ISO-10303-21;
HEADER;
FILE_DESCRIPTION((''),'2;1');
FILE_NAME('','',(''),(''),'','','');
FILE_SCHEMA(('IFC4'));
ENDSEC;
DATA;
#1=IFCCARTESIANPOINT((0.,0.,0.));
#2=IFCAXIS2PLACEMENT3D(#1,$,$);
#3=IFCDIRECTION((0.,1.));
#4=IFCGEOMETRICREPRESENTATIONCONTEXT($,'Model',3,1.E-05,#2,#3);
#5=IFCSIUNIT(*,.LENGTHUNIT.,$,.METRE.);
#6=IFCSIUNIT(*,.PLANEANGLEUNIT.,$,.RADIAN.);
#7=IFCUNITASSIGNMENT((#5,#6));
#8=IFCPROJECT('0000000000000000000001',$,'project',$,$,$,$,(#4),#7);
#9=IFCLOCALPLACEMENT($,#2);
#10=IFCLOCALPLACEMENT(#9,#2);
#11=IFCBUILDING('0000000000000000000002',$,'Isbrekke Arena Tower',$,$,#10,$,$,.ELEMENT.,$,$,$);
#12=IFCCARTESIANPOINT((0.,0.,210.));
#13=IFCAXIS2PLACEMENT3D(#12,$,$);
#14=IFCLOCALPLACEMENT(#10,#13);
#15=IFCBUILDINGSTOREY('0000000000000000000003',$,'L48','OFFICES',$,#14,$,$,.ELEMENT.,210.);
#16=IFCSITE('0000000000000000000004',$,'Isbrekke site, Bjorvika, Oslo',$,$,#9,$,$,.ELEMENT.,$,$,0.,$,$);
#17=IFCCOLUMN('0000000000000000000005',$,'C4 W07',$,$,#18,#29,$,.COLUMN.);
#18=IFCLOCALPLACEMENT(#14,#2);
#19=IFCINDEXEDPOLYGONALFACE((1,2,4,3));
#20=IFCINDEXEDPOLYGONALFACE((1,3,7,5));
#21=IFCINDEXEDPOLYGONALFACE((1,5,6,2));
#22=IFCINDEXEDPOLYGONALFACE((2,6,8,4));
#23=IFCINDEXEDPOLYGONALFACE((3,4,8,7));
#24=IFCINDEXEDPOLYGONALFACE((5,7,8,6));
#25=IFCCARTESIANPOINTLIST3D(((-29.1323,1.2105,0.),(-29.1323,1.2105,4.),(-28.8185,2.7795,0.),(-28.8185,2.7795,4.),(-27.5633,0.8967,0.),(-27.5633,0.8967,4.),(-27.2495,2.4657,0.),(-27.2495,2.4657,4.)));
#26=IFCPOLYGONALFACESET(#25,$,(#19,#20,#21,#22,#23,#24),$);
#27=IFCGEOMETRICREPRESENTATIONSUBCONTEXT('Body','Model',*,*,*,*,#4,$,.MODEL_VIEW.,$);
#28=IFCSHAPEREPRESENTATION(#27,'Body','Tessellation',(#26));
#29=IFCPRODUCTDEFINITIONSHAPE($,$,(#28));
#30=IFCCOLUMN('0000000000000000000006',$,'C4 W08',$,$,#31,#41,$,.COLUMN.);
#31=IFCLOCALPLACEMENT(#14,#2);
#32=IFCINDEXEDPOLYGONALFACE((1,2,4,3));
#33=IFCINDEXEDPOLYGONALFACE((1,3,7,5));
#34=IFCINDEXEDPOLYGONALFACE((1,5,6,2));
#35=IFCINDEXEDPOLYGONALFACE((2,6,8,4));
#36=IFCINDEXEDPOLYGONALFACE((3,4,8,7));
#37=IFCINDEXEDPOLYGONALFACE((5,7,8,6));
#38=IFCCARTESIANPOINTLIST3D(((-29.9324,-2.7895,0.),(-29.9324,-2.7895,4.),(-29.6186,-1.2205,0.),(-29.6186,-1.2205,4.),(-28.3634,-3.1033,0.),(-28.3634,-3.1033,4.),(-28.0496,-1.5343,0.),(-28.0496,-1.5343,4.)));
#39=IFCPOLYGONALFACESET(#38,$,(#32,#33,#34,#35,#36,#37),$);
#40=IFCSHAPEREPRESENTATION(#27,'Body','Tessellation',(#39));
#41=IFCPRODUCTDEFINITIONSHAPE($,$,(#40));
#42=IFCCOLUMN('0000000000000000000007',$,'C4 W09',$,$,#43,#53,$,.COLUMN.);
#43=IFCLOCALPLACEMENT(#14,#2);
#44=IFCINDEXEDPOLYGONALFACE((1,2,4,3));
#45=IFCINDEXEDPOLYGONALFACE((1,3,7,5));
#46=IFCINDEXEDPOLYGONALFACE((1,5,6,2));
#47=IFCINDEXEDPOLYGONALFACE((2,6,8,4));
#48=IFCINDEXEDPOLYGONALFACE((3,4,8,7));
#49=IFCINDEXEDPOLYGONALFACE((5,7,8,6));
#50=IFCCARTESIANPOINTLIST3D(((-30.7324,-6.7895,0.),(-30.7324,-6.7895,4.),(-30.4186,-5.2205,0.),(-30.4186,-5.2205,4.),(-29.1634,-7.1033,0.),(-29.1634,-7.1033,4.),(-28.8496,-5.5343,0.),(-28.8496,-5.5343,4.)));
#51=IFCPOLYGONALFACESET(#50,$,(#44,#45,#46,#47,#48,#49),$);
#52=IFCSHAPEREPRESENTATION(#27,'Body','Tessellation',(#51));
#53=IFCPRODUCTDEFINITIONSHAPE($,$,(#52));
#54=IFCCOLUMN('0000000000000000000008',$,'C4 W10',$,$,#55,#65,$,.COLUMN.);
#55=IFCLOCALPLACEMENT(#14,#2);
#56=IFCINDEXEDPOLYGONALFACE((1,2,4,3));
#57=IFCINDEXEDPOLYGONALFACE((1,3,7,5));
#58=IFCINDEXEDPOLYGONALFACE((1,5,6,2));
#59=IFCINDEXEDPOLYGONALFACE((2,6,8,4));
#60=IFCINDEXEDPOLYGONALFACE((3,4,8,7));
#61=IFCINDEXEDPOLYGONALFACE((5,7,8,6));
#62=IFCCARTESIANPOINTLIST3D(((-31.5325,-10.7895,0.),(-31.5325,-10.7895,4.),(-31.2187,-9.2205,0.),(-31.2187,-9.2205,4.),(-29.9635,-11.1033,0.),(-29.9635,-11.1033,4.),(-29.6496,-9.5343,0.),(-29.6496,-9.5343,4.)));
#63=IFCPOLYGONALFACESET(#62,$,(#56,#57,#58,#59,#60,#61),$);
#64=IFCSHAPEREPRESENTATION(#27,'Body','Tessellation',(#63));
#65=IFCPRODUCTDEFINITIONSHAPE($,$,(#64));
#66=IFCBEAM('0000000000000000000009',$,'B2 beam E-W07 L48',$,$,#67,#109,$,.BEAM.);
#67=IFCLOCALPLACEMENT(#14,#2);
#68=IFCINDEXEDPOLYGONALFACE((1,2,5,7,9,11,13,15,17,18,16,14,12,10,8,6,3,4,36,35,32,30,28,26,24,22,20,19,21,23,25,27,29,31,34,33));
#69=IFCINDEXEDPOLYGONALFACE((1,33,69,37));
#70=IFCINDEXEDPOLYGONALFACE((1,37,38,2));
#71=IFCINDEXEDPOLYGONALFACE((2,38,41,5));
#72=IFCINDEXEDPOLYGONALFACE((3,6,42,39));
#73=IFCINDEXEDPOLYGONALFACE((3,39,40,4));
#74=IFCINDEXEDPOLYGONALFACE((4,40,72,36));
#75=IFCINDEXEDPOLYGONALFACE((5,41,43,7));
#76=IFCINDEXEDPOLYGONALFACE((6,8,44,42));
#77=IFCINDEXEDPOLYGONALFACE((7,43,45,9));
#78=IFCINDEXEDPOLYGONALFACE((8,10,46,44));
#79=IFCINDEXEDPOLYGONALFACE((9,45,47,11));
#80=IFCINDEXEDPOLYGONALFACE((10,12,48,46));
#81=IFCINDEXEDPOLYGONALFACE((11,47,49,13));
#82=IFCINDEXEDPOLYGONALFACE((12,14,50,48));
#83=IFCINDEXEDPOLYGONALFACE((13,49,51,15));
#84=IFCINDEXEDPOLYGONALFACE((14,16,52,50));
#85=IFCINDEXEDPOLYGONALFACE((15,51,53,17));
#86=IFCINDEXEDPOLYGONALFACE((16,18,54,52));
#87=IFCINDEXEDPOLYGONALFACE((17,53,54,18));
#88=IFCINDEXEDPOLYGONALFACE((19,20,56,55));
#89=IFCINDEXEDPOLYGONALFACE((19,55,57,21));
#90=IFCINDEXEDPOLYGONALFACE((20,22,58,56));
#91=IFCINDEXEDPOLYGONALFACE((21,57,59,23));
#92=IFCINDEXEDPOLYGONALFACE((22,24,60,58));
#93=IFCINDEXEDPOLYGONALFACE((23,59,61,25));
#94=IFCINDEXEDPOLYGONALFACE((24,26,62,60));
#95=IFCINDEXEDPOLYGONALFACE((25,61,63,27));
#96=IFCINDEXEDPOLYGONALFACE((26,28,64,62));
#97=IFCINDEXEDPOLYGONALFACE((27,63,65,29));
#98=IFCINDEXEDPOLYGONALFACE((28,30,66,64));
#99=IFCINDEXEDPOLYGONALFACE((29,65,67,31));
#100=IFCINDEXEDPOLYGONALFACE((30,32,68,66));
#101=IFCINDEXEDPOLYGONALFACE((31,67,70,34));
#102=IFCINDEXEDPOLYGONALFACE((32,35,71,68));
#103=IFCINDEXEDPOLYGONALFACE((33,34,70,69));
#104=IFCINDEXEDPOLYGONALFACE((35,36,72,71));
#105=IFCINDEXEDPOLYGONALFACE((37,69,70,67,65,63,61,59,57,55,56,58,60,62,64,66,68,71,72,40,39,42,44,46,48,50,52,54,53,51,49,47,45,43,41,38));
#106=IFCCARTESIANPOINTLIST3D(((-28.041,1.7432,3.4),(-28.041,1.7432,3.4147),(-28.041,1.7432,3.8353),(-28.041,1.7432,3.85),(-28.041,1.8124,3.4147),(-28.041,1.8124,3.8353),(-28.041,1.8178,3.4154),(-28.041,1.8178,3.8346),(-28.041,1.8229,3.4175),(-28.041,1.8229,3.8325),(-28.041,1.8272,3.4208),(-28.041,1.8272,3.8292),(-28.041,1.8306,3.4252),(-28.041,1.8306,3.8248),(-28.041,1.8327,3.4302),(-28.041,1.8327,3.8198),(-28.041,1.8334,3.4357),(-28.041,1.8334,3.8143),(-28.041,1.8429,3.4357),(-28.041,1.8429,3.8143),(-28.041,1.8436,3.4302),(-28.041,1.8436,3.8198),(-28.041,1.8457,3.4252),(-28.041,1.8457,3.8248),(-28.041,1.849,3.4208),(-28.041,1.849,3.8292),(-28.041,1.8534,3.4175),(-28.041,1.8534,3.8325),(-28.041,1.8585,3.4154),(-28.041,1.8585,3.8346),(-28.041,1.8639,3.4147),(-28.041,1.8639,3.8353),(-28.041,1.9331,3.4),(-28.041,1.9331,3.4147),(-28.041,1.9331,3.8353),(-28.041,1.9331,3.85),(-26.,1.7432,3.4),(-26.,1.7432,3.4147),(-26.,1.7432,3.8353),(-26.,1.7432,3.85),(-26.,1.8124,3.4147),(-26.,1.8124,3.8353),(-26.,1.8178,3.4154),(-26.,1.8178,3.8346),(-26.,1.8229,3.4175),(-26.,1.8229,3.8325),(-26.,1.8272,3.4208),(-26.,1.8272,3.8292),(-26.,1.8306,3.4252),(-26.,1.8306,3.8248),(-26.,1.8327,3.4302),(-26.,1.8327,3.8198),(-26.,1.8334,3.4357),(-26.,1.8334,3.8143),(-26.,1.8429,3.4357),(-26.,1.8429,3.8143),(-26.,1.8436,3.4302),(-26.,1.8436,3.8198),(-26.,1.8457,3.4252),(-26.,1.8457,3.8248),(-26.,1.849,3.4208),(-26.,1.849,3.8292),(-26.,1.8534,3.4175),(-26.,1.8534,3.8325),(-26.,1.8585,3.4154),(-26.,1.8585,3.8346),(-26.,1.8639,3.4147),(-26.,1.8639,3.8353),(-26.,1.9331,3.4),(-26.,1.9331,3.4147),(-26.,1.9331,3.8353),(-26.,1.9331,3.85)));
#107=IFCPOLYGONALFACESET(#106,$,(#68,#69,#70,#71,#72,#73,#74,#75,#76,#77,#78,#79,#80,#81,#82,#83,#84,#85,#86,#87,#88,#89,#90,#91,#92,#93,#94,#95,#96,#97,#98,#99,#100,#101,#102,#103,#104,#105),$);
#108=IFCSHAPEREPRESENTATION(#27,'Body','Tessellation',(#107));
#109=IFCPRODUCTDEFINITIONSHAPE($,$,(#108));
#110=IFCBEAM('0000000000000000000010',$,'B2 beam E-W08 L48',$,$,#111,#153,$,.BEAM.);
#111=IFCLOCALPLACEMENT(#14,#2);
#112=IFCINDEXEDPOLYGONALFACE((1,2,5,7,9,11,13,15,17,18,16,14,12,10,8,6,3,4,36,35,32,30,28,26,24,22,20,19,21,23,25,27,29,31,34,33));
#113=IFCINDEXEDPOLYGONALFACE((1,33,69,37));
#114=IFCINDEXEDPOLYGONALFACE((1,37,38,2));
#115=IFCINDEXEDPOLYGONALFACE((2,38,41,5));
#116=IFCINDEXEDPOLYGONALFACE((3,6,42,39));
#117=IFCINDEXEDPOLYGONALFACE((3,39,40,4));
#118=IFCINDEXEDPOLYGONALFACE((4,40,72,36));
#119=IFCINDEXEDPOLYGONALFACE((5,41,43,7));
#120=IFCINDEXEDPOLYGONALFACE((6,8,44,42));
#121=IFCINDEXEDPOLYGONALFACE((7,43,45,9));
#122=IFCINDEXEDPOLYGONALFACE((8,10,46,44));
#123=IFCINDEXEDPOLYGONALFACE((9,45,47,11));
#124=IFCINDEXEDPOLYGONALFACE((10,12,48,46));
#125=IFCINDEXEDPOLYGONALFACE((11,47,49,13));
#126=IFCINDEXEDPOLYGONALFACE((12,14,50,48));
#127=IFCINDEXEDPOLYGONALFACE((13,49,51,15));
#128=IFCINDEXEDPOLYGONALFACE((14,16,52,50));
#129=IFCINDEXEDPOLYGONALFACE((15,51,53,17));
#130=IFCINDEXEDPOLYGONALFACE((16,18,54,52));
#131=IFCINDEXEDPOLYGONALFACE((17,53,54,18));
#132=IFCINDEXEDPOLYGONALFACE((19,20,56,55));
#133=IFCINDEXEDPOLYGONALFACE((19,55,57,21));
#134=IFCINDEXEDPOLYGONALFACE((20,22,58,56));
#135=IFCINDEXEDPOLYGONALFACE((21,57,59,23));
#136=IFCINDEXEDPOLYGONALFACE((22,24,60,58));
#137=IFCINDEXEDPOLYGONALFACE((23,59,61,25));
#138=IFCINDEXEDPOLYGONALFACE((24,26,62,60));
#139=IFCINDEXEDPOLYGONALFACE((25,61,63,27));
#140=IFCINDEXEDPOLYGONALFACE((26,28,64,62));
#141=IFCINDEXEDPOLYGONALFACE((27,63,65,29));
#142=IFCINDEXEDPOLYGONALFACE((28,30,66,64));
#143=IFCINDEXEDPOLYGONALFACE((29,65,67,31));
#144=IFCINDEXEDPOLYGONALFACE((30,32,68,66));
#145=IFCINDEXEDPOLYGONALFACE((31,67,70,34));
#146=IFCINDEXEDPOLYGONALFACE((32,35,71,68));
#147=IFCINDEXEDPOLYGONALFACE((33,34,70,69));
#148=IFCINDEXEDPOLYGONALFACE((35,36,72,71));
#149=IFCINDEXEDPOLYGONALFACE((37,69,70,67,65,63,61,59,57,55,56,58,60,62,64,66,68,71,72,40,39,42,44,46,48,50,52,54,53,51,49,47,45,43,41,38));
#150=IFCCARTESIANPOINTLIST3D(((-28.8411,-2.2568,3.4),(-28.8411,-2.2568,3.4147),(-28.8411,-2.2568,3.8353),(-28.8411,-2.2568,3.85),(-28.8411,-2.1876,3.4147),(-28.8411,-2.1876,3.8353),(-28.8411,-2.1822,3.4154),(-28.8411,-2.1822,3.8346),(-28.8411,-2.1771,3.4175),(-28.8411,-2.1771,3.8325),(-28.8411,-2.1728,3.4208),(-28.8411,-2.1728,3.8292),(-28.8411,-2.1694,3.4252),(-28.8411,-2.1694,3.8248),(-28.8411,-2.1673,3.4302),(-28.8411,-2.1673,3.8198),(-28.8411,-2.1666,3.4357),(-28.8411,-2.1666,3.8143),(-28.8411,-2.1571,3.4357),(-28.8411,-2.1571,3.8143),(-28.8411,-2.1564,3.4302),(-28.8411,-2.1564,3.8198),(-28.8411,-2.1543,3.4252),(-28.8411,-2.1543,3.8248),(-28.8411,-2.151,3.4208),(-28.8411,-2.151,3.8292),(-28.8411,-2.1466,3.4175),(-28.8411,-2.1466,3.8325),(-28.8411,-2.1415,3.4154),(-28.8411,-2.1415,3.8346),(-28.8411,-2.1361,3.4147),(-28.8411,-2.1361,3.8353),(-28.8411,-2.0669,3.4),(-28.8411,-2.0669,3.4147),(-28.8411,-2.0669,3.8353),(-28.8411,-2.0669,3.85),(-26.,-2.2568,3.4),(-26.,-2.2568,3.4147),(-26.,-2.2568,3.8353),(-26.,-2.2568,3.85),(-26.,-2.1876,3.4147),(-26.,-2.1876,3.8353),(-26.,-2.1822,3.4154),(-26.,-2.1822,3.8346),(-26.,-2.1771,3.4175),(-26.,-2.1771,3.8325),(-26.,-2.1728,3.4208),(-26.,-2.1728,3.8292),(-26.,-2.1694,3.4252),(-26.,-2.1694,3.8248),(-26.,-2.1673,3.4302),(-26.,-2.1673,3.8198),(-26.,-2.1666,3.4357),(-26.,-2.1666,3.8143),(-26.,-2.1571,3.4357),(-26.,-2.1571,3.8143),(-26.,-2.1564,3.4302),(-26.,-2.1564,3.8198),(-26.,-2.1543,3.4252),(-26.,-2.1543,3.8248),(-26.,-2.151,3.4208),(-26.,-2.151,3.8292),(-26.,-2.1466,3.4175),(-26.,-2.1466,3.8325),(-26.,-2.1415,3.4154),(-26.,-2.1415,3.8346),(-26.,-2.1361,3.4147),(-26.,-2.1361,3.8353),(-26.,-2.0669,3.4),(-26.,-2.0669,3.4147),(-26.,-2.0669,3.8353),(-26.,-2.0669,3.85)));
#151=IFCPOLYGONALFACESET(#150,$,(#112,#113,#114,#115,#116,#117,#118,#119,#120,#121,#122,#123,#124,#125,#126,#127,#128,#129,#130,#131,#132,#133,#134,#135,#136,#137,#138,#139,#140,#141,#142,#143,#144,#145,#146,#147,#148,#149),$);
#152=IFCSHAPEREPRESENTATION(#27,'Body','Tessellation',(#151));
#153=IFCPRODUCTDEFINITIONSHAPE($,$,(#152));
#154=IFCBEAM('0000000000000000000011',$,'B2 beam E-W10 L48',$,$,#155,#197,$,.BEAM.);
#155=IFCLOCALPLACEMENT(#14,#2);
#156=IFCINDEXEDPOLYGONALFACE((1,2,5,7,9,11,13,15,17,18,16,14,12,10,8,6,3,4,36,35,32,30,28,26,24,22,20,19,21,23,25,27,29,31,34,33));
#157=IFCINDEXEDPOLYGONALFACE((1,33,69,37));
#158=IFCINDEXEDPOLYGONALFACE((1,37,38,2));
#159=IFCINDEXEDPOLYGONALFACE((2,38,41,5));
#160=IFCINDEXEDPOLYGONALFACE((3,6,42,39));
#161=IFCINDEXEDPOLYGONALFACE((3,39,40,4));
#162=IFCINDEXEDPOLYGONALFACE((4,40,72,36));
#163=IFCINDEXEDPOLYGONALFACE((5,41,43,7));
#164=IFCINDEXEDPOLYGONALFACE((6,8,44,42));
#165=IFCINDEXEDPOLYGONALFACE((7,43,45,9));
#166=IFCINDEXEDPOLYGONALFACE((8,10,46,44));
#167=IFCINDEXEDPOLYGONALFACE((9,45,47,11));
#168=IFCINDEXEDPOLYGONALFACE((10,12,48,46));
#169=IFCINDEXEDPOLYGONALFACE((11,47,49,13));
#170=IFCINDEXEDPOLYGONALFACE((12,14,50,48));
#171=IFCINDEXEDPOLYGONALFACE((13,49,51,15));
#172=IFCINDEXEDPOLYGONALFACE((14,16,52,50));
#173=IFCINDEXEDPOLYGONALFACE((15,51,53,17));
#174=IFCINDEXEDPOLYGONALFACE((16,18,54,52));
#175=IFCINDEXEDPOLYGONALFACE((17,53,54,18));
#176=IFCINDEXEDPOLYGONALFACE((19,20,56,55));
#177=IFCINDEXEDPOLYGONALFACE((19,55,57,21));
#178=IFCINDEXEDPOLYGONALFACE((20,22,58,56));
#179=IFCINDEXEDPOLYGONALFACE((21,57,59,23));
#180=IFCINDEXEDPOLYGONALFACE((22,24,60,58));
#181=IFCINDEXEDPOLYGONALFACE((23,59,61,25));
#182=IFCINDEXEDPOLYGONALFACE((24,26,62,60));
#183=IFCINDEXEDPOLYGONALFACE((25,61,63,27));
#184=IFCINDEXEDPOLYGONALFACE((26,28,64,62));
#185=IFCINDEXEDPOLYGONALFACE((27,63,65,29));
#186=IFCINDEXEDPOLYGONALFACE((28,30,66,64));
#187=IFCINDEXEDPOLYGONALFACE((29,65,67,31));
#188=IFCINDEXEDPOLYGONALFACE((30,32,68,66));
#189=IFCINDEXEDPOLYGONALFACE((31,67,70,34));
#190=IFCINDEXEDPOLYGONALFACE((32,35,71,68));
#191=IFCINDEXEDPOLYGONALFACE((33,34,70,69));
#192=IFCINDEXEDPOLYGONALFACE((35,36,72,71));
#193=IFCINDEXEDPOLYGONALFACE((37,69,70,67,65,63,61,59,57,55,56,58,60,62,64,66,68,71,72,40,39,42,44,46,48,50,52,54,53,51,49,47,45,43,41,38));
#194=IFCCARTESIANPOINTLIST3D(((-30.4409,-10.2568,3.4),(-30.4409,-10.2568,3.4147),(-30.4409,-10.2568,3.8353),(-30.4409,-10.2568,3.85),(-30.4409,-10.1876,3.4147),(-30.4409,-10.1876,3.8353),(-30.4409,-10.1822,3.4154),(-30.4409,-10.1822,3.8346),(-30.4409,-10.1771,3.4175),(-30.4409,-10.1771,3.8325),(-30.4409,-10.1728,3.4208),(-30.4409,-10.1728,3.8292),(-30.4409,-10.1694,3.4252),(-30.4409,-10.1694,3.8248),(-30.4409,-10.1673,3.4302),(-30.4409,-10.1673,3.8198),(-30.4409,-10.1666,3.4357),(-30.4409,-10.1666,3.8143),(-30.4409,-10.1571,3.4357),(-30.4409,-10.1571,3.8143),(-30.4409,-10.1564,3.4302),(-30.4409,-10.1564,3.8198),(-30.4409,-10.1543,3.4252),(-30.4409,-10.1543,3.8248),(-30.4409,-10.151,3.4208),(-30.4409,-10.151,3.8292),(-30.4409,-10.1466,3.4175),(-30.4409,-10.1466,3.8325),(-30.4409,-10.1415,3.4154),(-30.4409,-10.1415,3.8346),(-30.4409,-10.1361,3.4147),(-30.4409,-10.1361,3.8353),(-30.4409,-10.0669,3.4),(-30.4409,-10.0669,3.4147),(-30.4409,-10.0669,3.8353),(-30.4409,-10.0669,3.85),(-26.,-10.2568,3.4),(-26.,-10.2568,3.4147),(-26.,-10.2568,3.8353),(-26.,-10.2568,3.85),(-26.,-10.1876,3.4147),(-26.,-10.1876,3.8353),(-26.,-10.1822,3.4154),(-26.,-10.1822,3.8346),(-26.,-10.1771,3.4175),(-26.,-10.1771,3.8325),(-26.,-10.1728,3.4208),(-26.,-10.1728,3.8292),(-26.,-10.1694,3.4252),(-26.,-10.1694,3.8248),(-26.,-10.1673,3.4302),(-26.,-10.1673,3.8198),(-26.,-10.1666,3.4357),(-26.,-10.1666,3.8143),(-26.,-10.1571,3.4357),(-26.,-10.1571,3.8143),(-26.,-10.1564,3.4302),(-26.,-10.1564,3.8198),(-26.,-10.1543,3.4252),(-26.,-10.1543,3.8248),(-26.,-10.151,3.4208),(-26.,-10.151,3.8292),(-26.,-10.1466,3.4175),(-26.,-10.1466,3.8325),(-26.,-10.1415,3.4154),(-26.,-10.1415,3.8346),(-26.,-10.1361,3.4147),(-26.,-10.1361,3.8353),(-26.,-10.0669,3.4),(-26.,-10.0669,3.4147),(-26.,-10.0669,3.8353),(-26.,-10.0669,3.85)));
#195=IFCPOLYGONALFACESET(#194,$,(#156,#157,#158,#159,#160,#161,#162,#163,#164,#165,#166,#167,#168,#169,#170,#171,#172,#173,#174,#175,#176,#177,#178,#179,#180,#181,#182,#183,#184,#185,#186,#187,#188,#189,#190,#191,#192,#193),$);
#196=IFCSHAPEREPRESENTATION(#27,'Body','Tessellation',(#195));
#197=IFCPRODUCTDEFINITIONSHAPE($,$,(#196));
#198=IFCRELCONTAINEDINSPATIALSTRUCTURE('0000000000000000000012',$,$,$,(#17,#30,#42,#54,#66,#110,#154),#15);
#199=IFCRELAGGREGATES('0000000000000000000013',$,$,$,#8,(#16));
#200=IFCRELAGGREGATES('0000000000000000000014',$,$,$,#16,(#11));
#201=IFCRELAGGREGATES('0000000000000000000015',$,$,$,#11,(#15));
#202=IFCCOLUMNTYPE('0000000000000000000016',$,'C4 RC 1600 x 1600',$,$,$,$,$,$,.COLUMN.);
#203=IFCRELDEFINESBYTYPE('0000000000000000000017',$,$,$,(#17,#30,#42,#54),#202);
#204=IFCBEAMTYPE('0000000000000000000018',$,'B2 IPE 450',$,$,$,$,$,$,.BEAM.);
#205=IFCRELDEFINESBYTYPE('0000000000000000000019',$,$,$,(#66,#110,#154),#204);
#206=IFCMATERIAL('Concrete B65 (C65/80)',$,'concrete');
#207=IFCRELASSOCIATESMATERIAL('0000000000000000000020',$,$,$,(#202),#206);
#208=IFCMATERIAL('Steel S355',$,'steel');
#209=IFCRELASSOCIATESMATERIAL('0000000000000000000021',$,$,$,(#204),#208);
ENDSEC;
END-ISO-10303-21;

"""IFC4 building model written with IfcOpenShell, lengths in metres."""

from ifc_helpers import new_model, si_unit, direction, frame, origin, origin_2d, place, context, subcontext, project, spatial, rectangle, i_section, extrude, material, material_profile, profile_set, type_object, element, save


model = new_model("IFC4")

# Units and contexts
model_context = context("Model", 3, precision=1e-05, world=origin(), true_north=direction((0.0, 1.0)))
body_context = subcontext(model_context, "Body", "Model", "MODEL_VIEW")
ifc_project = project(units=[si_unit("LENGTHUNIT", "METRE"), si_unit("PLANEANGLEUNIT", "RADIAN")], contexts=[model_context])

# Site, building, storey
site_placement = place(None, origin())
site = spatial("IfcSite", under=ifc_project, at=site_placement, Name="Isbrekke site, Bjorvika, Oslo", CompositionType="ELEMENT", RefElevation=0.0)
building_placement = place(site_placement, origin())
building = spatial("IfcBuilding", under=site, at=building_placement, Name="Isbrekke Arena Tower", CompositionType="ELEMENT")
storey_placement = place(building_placement, frame((0.0, 0.0, 210.0)))
storey = spatial("IfcBuildingStorey", under=building, at=storey_placement, Name="L48", Description="OFFICES", CompositionType="ELEMENT", Elevation=210.0)

# Columns
ifc_material_1 = material(Name="Concrete B65 (C65/80)", Category="concrete")
ifc_material_profile_1 = material_profile(ifc_material_1, rectangle(XDim=1.6001, YDim=1.6001, at=origin_2d()), Name="RC 1600x1600")
ifc_profile_set_1 = profile_set([ifc_material_profile_1], Name="Concrete B65 (C65/80)")
column_type = type_object("IfcColumnType", Name="C4 RC 1600 x 1600", PredefinedType="COLUMN", material=ifc_profile_set_1)
for number, where, z_axis, x_axis, name in (
    (1, (-28.1909, 1.8381, 0.0), (0.0, 0.0, 1.0), (-0.196116, -0.980581, 0.0), "C4 W07"),
    (2, (-28.991, -2.1619, 0.0), (0.0, 0.0, 1.0), (-0.196116, -0.980581, 0.0), "C4 W08"),
    (3, (-29.791, -6.1619, 0.0), (0.0, 0.0, 1.0), (-0.196116, -0.980581, 0.0), "C4 W09"),
    (4, (-30.5911, -10.1619, 0.0), (0.0, 0.0, 1.0), (-0.196116, -0.980581, 0.0), "C4 W10"),
):
    element("IfcColumn", number, at=place(storey_placement, frame(where, z_axis=z_axis, x_axis=x_axis)), inside=storey, type_object=column_type, Name=name, PredefinedType="COLUMN", context=body_context, shape_type="SweptSolid", body=[
        extrude(rectangle(XDim=1.6001, YDim=1.6001, at=origin_2d()), origin(), (0.0, 0.0, 1.0), 4.0),
    ])

# Beams
ifc_material_2 = material(Name="Steel S355", Category="steel")
ifc_material_profile_2 = material_profile(ifc_material_2, i_section(OverallWidth=0.1899, OverallDepth=0.45, WebThickness=0.0095, FlangeThickness=0.0146, FilletRadius=0.021, at=origin_2d()), Name="IPE 450")
ifc_profile_set_2 = profile_set([ifc_material_profile_2], Name="Steel S355")
beam_type_1 = type_object("IfcBeamType", Name="B2 IPE 450", PredefinedType="BEAM", material=ifc_profile_set_2)
beam_1_placement = place(storey_placement, frame((-28.041, 1.8381, 3.625), z_axis=(1.0, 0.0, 0.0), x_axis=(0.0, 1.0, 0.0)))
element("IfcBeam", 5, at=beam_1_placement, inside=storey, type_object=beam_type_1, Name="B2 beam E-W07 L48", PredefinedType="BEAM", context=body_context, shape_type="SweptSolid", body=[
    extrude(i_section(OverallWidth=0.1899, OverallDepth=0.45, WebThickness=0.0095, FlangeThickness=0.0146, FilletRadius=0.021, at=origin_2d()), origin(), (0.0, 0.0, 1.0), 2.041),
])
beam_2_placement = place(storey_placement, frame((-28.8411, -2.1619, 3.625), z_axis=(1.0, 0.0, 0.0), x_axis=(0.0, 1.0, 0.0)))
element("IfcBeam", 6, at=beam_2_placement, inside=storey, type_object=beam_type_1, Name="B2 beam E-W08 L48", PredefinedType="BEAM", context=body_context, shape_type="SweptSolid", body=[
    extrude(i_section(OverallWidth=0.1899, OverallDepth=0.45, WebThickness=0.0095, FlangeThickness=0.0146, FilletRadius=0.021, at=origin_2d()), origin(), (0.0, 0.0, 1.0), 2.8411),
])
beam_3_placement = place(storey_placement, frame((-30.4409, -10.1619, 3.625), z_axis=(1.0, 0.0, 0.0), x_axis=(0.0, 1.0, 0.0)))
element("IfcBeam", 7, at=beam_3_placement, inside=storey, type_object=beam_type_1, Name="B2 beam E-W10 L48", PredefinedType="BEAM", context=body_context, shape_type="SweptSolid", body=[
    extrude(i_section(OverallWidth=0.1899, OverallDepth=0.45, WebThickness=0.0095, FlangeThickness=0.0146, FilletRadius=0.021, at=origin_2d()), origin(), (0.0, 0.0, 1.0), 4.4409),
])

save(model, "model.ifc")
